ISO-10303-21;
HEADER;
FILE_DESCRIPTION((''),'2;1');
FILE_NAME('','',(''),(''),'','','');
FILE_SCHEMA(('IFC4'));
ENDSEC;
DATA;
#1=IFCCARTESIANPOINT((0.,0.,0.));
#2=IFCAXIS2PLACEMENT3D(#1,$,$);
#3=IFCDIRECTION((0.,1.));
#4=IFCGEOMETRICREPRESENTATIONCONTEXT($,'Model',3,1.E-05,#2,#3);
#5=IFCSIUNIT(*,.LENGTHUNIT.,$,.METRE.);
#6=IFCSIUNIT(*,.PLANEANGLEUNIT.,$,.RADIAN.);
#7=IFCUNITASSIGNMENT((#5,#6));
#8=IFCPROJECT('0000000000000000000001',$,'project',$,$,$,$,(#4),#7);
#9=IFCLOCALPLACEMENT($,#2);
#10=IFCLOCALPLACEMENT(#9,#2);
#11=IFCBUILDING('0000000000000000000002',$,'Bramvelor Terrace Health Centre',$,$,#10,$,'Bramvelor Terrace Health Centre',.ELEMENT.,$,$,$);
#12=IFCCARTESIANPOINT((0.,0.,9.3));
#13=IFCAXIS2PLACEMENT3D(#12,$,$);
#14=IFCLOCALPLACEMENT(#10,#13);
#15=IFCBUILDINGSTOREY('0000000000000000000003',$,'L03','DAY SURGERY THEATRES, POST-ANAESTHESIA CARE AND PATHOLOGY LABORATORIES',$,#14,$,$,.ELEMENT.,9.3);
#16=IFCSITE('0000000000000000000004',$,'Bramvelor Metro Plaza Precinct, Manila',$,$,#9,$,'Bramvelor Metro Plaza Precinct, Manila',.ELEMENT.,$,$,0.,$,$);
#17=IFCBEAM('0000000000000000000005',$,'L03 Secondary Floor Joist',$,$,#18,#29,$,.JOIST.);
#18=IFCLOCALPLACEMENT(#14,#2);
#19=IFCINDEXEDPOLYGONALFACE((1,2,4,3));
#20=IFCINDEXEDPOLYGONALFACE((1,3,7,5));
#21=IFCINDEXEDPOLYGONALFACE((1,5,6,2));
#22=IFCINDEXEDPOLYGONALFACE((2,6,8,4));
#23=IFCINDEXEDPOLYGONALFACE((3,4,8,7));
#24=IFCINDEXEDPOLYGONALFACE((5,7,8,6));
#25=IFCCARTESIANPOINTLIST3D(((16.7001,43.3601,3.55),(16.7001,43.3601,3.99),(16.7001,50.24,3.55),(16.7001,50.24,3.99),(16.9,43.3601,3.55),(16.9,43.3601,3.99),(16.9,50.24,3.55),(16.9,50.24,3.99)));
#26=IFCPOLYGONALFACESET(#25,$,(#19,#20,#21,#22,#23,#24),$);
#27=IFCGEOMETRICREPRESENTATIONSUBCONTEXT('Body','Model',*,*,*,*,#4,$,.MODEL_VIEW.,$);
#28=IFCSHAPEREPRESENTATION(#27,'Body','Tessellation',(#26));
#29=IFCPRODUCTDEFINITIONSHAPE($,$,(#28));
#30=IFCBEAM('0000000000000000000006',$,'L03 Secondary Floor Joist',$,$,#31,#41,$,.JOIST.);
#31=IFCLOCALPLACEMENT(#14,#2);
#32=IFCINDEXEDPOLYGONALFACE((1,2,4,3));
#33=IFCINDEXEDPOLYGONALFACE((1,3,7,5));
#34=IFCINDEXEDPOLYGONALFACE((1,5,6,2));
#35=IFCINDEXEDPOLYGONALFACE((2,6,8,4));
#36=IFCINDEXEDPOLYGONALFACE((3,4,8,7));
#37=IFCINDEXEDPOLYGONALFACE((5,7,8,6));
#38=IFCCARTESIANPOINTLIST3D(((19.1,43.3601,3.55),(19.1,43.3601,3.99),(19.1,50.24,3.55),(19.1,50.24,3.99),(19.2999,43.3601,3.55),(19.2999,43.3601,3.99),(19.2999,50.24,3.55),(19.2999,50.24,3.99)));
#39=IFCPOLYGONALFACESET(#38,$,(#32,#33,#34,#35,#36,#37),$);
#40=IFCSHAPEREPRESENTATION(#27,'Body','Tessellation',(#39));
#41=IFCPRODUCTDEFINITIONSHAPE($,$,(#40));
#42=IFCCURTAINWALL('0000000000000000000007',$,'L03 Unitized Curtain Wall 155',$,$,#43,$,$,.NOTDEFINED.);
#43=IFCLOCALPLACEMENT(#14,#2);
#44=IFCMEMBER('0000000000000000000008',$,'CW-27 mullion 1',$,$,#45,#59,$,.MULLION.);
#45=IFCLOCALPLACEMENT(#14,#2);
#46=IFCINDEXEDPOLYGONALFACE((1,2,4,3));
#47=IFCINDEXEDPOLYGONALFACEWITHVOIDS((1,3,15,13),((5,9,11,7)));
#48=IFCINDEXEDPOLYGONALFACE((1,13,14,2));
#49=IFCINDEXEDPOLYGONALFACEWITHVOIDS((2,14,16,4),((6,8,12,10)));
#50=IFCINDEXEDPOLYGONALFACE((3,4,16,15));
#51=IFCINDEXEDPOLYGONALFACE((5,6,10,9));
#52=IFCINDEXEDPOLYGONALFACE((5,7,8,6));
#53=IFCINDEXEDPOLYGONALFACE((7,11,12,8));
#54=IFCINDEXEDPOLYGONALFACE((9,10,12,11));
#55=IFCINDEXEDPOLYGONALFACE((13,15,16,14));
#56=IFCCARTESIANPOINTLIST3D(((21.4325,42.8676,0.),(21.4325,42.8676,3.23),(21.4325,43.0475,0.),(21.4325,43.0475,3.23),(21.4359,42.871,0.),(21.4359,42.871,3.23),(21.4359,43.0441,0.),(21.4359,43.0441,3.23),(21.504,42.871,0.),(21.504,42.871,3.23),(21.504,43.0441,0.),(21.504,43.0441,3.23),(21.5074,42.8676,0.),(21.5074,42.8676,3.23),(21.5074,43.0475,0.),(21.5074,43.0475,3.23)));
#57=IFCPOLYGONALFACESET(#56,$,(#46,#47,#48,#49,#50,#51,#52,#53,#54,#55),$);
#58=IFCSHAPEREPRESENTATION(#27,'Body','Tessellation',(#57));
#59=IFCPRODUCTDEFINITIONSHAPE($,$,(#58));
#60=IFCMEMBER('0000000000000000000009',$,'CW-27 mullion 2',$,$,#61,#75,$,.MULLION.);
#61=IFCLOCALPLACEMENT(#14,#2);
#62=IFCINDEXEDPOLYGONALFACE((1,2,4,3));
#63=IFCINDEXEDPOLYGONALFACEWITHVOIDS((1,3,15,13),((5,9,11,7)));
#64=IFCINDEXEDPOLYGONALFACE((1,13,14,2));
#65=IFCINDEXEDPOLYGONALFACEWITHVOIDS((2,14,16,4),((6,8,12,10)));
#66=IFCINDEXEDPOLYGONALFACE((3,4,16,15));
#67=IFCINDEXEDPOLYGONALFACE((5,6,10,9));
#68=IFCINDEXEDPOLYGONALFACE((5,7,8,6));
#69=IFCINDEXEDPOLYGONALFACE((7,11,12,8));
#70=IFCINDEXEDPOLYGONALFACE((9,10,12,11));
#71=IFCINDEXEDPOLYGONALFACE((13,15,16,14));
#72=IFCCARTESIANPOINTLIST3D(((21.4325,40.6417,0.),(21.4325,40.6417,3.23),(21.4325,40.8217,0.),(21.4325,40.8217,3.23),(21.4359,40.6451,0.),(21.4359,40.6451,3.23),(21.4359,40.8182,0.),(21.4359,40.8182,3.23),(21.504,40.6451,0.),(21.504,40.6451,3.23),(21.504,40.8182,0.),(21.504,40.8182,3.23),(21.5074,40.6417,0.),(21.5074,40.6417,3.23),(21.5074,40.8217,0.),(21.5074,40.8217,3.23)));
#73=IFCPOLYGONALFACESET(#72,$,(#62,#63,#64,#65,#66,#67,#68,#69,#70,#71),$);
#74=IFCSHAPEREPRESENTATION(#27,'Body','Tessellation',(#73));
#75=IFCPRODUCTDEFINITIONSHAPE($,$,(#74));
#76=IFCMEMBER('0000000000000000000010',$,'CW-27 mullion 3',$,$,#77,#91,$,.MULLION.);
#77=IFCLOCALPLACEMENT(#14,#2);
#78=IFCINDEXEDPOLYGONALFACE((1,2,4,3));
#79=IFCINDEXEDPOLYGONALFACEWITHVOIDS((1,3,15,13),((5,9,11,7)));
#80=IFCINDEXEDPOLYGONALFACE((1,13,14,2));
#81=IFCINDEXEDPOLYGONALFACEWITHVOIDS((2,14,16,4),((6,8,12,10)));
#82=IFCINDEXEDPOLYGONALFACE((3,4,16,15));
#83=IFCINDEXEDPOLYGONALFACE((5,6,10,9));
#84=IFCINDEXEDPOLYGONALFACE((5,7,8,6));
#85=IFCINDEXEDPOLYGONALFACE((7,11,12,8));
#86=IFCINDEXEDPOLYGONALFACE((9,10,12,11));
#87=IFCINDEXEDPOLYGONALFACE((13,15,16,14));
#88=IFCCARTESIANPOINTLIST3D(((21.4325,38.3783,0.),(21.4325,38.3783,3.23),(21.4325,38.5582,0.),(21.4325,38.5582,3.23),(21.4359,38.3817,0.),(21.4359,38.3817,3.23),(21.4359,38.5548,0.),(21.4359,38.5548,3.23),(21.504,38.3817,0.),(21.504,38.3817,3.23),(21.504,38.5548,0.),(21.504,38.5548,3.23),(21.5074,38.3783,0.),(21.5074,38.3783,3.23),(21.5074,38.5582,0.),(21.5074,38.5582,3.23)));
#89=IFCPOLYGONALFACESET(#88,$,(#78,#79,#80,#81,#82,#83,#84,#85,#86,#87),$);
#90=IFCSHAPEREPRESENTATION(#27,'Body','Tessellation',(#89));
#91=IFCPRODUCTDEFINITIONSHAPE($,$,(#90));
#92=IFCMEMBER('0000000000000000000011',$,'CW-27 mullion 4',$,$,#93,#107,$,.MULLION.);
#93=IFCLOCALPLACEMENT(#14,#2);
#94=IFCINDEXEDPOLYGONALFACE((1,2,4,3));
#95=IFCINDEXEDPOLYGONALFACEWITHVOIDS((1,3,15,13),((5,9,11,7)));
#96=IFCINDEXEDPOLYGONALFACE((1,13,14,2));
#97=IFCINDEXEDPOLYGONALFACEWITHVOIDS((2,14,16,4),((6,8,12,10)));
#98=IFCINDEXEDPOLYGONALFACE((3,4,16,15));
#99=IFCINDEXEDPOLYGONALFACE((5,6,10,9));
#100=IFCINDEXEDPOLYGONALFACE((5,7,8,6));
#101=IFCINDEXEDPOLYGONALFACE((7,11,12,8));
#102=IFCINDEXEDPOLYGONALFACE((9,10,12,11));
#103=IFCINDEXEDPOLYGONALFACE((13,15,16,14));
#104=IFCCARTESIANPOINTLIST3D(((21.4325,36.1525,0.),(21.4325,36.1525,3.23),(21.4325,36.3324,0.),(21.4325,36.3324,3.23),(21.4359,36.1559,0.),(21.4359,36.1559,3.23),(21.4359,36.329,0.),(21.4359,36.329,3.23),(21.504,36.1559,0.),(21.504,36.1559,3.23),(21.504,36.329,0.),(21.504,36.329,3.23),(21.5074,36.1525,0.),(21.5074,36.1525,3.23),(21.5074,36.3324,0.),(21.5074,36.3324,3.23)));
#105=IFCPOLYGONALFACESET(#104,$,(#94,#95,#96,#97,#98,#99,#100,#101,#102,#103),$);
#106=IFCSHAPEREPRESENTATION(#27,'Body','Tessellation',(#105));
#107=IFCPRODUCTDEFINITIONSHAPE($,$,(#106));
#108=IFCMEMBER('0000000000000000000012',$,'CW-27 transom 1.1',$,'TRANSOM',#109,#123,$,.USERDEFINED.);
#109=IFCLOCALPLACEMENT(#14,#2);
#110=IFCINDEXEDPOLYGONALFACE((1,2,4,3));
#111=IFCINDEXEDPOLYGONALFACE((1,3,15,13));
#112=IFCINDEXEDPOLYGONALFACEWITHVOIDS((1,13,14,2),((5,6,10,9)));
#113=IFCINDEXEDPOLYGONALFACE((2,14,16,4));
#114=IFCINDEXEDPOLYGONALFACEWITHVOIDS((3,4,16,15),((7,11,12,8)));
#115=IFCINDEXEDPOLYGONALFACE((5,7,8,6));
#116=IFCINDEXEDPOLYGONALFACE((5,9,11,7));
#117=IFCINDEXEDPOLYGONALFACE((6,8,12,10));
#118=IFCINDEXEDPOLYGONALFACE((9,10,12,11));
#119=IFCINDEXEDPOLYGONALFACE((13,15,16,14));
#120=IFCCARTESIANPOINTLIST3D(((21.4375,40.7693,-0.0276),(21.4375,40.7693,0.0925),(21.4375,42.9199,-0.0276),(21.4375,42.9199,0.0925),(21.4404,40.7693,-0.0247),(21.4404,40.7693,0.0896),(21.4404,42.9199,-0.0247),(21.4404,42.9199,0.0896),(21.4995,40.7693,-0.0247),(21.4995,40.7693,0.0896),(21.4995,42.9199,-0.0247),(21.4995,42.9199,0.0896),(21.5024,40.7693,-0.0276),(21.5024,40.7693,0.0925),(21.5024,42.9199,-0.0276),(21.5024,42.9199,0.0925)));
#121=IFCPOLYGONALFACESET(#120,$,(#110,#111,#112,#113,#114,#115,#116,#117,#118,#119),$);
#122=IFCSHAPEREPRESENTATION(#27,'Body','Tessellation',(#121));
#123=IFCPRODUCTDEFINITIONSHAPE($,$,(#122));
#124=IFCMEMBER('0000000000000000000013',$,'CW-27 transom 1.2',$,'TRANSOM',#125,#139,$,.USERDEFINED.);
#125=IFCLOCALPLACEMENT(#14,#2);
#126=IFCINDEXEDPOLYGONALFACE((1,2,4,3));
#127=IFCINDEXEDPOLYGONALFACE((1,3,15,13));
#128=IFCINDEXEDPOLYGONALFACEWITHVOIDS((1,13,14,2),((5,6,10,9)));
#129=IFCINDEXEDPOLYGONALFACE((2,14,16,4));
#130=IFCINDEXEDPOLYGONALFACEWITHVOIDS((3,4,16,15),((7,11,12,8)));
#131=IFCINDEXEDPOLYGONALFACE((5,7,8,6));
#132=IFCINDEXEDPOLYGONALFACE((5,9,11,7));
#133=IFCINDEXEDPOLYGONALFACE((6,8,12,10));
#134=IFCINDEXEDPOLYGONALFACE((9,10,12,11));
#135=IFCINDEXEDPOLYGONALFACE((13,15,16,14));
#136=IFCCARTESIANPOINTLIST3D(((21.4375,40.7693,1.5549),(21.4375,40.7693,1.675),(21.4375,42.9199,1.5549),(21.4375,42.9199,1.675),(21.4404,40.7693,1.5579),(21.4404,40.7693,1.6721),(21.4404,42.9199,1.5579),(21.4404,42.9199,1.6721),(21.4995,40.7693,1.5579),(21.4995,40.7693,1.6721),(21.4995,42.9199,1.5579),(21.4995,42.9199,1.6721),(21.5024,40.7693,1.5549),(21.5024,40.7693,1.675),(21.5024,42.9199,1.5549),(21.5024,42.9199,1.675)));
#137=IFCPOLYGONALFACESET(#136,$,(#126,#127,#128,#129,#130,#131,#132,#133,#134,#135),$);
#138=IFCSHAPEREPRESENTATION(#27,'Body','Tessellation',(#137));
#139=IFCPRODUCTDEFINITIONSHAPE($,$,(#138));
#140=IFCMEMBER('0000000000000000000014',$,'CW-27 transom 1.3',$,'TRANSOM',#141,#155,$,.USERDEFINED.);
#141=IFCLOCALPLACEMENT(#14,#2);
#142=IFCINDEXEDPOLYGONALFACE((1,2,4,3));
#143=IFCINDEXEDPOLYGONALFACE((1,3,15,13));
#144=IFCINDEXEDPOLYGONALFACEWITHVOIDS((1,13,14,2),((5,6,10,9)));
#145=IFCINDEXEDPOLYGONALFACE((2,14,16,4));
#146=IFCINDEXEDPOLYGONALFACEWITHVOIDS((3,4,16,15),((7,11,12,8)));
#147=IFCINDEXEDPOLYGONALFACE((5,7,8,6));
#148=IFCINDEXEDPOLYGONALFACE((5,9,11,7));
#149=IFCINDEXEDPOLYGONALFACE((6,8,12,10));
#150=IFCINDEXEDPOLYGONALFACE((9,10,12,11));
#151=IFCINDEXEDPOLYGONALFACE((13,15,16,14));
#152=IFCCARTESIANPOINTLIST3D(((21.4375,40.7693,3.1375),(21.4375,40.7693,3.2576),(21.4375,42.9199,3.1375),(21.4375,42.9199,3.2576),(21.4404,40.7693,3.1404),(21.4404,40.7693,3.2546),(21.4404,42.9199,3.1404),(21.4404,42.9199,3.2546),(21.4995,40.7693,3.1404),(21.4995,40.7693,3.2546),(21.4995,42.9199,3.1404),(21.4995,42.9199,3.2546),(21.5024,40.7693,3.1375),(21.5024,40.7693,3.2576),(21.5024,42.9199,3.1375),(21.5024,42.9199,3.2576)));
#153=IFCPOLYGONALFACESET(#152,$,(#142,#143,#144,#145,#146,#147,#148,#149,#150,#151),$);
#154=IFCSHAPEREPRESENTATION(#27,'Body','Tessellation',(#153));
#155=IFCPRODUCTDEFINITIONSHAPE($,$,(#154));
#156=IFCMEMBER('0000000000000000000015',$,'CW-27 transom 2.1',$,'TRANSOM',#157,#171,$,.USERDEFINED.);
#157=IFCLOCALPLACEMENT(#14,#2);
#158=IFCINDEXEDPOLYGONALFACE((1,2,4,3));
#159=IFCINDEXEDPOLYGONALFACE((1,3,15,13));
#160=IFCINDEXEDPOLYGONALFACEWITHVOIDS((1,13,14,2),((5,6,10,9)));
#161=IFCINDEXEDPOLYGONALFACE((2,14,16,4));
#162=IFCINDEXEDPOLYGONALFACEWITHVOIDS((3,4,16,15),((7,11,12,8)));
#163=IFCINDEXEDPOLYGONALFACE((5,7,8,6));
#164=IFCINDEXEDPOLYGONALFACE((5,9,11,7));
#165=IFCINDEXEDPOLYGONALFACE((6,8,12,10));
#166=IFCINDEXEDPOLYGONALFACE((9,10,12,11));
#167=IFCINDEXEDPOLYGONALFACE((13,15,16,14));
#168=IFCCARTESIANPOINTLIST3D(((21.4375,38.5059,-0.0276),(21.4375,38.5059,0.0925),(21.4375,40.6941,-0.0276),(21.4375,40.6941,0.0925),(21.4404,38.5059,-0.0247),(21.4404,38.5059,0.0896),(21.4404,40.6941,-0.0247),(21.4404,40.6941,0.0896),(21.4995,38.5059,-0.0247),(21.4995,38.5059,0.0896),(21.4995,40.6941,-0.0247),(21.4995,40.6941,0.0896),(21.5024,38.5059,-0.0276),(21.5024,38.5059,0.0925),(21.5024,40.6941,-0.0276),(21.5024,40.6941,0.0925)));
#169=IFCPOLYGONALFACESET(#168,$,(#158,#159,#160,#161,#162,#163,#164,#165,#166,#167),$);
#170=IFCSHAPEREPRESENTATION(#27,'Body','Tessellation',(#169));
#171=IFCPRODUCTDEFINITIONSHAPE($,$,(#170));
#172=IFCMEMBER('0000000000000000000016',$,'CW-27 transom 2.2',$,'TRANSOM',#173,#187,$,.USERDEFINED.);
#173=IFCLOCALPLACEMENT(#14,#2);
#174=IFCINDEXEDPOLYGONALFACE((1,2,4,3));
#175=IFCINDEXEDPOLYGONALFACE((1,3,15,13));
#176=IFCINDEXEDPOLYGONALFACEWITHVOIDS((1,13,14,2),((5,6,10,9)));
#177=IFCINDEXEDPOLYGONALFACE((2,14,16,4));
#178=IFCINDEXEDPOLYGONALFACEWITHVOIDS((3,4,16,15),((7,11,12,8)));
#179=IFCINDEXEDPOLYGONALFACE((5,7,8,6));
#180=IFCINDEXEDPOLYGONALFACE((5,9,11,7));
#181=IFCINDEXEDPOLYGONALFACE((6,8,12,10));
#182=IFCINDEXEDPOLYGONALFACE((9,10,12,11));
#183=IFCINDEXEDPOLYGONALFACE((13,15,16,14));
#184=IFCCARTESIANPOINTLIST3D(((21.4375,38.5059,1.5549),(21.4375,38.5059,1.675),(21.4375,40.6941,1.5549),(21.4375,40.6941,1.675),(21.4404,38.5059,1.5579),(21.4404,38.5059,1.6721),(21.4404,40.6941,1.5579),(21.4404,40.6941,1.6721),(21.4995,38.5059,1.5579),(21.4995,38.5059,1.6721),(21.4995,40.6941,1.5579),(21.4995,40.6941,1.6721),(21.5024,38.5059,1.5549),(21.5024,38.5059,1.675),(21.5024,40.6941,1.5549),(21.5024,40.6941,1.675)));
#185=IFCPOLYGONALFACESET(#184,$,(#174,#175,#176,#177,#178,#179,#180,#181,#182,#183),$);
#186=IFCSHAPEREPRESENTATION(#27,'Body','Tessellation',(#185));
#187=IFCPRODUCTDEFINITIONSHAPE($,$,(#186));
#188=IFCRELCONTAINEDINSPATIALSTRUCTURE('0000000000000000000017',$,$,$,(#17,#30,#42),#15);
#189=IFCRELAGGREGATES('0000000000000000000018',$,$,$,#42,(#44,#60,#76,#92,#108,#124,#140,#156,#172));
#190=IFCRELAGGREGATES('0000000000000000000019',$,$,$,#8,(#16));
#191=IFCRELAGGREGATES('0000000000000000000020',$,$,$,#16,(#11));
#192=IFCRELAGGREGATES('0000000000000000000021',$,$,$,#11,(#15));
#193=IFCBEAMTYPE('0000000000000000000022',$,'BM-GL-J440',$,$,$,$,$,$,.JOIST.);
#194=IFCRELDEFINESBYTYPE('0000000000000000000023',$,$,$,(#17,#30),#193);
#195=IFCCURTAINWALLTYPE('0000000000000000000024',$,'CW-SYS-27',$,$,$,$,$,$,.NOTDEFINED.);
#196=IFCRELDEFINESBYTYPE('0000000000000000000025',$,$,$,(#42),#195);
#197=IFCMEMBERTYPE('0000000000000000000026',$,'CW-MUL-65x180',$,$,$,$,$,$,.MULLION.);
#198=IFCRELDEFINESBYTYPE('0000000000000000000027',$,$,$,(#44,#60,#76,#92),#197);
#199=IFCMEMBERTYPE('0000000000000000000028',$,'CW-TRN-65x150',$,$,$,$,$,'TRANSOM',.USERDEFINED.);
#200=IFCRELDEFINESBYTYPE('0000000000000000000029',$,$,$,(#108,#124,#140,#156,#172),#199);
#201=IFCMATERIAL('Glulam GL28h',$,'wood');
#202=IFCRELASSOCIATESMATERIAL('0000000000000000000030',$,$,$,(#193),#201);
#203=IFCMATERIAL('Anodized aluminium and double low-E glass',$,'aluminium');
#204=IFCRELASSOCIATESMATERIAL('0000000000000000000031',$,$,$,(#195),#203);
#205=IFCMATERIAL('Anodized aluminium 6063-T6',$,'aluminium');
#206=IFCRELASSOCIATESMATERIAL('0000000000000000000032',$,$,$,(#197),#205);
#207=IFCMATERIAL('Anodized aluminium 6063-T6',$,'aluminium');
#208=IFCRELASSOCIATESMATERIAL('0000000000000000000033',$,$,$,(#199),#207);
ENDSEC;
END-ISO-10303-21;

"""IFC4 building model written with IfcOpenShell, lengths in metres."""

from ifc_helpers import new_model, si_unit, direction, frame, origin, origin_2d, place, context, subcontext, project, spatial, rectangle, hollow_rectangle, extrude, material, material_profile, profile_set, type_object, element, aggregate, save


model = new_model("IFC4")

# Units and contexts
model_context = context("Model", 3, precision=1e-05, world=origin(), true_north=direction((0.0, 1.0)))
body_context = subcontext(model_context, "Body", "Model", "MODEL_VIEW")
ifc_project = project(units=[si_unit("LENGTHUNIT", "METRE"), si_unit("PLANEANGLEUNIT", "RADIAN")], contexts=[model_context])

# Site, building, storey
site_placement = place(None, origin())
site = spatial("IfcSite", under=ifc_project, at=site_placement, Name="Bramvelor Metro Plaza Precinct, Manila", LongName="Bramvelor Metro Plaza Precinct, Manila", CompositionType="ELEMENT", RefElevation=0.0)
building_placement = place(site_placement, origin())
building = spatial("IfcBuilding", under=site, at=building_placement, Name="Bramvelor Terrace Health Centre", LongName="Bramvelor Terrace Health Centre", CompositionType="ELEMENT")
storey_placement = place(building_placement, frame((0.0, 0.0, 9.3)))
storey = spatial("IfcBuildingStorey", under=building, at=storey_placement, Name="L03", Description="DAY SURGERY THEATRES, POST-ANAESTHESIA CARE AND PATHOLOGY LABORATORIES", CompositionType="ELEMENT", Elevation=9.3)

# Beams
ifc_material_1 = material(Name="Glulam GL28h", Category="wood")
ifc_material_profile_1 = material_profile(ifc_material_1, rectangle(XDim=0.2, YDim=0.4399, at=origin_2d()), Name="GL 200x440")
ifc_profile_set_1 = profile_set([ifc_material_profile_1], Name="Glulam GL28h")
beam_type = type_object("IfcBeamType", Name="BM-GL-J440", PredefinedType="JOIST", material=ifc_profile_set_1)
for number, where, z_axis, x_axis, name in (
    (1, (16.8, 43.3601, 3.77), (0.0, 1.0, 0.0), (-1.0, 0.0, 0.0), "L03 Secondary Floor Joist"),
    (2, (19.2, 43.3601, 3.77), (0.0, 1.0, 0.0), (-1.0, 0.0, 0.0), "L03 Secondary Floor Joist"),
):
    element("IfcBeam", number, at=place(storey_placement, frame(where, z_axis=z_axis, x_axis=x_axis)), inside=storey, type_object=beam_type, Name=name, PredefinedType="JOIST", context=body_context, shape_type="SweptSolid", body=[
        extrude(rectangle(XDim=0.2, YDim=0.4399, at=origin_2d()), origin(), (0.0, 0.0, 1.0), 6.8799),
    ])

# Curtain wall, members
ifc_material_2 = material(Name="Anodized aluminium and double low-E glass", Category="aluminium")
curtain_wall_type = type_object("IfcCurtainWallType", Name="CW-SYS-27", PredefinedType="NOTDEFINED", material=ifc_material_2)
curtain_wall_placement = place(storey_placement, origin())
curtain_wall = element("IfcCurtainWall", 3, at=curtain_wall_placement, inside=storey, type_object=curtain_wall_type, Name="L03 Unitized Curtain Wall 155", PredefinedType="NOTDEFINED")
ifc_material_3 = material(Name="Anodized aluminium 6063-T6", Category="aluminium")
ifc_material_profile_2 = material_profile(ifc_material_3, hollow_rectangle(XDim=0.075, YDim=0.1799, WallThickness=0.0034, at=origin_2d()), Name="ALU-MUL 75x180x3.5")
ifc_profile_set_2 = profile_set([ifc_material_profile_2], Name="Anodized aluminium 6063-T6")
member_type_1 = type_object("IfcMemberType", Name="CW-MUL-65x180", PredefinedType="MULLION", material=ifc_profile_set_2)
member_1_placement = place(storey_placement, frame((21.47, 42.9575, 0.0), z_axis=(0.0, 0.0, 1.0), x_axis=(1.0, 0.0, 0.0)))
member_1 = element("IfcMember", 4, at=member_1_placement, type_object=member_type_1, Name="CW-27 mullion 1", PredefinedType="MULLION", context=body_context, shape_type="SweptSolid", body=[
    extrude(hollow_rectangle(XDim=0.075, YDim=0.1799, WallThickness=0.0034, at=origin_2d()), origin(), (0.0, 0.0, 1.0), 3.23),
])
member_2_placement = place(storey_placement, frame((21.47, 40.7317, 0.0), z_axis=(0.0, 0.0, 1.0), x_axis=(1.0, 0.0, 0.0)))
member_2 = element("IfcMember", 5, at=member_2_placement, type_object=member_type_1, Name="CW-27 mullion 2", PredefinedType="MULLION", context=body_context, shape_type="SweptSolid", body=[
    extrude(hollow_rectangle(XDim=0.075, YDim=0.1799, WallThickness=0.0034, at=origin_2d()), origin(), (0.0, 0.0, 1.0), 3.23),
])
member_3_placement = place(storey_placement, frame((21.47, 38.4683, 0.0), z_axis=(0.0, 0.0, 1.0), x_axis=(1.0, 0.0, 0.0)))
member_3 = element("IfcMember", 6, at=member_3_placement, type_object=member_type_1, Name="CW-27 mullion 3", PredefinedType="MULLION", context=body_context, shape_type="SweptSolid", body=[
    extrude(hollow_rectangle(XDim=0.075, YDim=0.1799, WallThickness=0.0034, at=origin_2d()), origin(), (0.0, 0.0, 1.0), 3.23),
])
member_4_placement = place(storey_placement, frame((21.47, 36.2424, 0.0), z_axis=(0.0, 0.0, 1.0), x_axis=(1.0, 0.0, 0.0)))
member_4 = element("IfcMember", 7, at=member_4_placement, type_object=member_type_1, Name="CW-27 mullion 4", PredefinedType="MULLION", context=body_context, shape_type="SweptSolid", body=[
    extrude(hollow_rectangle(XDim=0.075, YDim=0.1799, WallThickness=0.0034, at=origin_2d()), origin(), (0.0, 0.0, 1.0), 3.23),
])
ifc_material_4 = material(Name="Anodized aluminium 6063-T6", Category="aluminium")
ifc_material_profile_3 = material_profile(ifc_material_4, hollow_rectangle(XDim=0.0649, YDim=0.1201, WallThickness=0.0029, at=origin_2d()), Name="ALU-TRN 65x120x3.0")
ifc_profile_set_3 = profile_set([ifc_material_profile_3], Name="Anodized aluminium 6063-T6")
member_type_2 = type_object("IfcMemberType", Name="CW-TRN-65x150", ElementType="TRANSOM", PredefinedType="USERDEFINED", material=ifc_profile_set_3)
member_5_placement = place(storey_placement, frame((21.47, 42.9199, 0.0325), z_axis=(0.0, -1.0, 0.0), x_axis=(1.0, 0.0, 0.0)))
member_5 = element("IfcMember", 8, at=member_5_placement, type_object=member_type_2, Name="CW-27 transom 1.1", ObjectType="TRANSOM", PredefinedType="USERDEFINED", context=body_context, shape_type="SweptSolid", body=[
    extrude(hollow_rectangle(XDim=0.0649, YDim=0.1201, WallThickness=0.0029, at=origin_2d()), origin(), (0.0, 0.0, 1.0), 2.1506),
])
member_6_placement = place(storey_placement, frame((21.47, 42.9199, 1.615), z_axis=(0.0, -1.0, 0.0), x_axis=(1.0, 0.0, 0.0)))
member_6 = element("IfcMember", 9, at=member_6_placement, type_object=member_type_2, Name="CW-27 transom 1.2", ObjectType="TRANSOM", PredefinedType="USERDEFINED", context=body_context, shape_type="SweptSolid", body=[
    extrude(hollow_rectangle(XDim=0.0649, YDim=0.1201, WallThickness=0.0029, at=origin_2d()), origin(), (0.0, 0.0, 1.0), 2.1506),
])
member_7_placement = place(storey_placement, frame((21.47, 42.9199, 3.1975), z_axis=(0.0, -1.0, 0.0), x_axis=(1.0, 0.0, 0.0)))
member_7 = element("IfcMember", 10, at=member_7_placement, type_object=member_type_2, Name="CW-27 transom 1.3", ObjectType="TRANSOM", PredefinedType="USERDEFINED", context=body_context, shape_type="SweptSolid", body=[
    extrude(hollow_rectangle(XDim=0.0649, YDim=0.1201, WallThickness=0.0029, at=origin_2d()), origin(), (0.0, 0.0, 1.0), 2.1506),
])
member_8_placement = place(storey_placement, frame((21.47, 40.6941, 0.0325), z_axis=(0.0, -1.0, 0.0), x_axis=(1.0, 0.0, 0.0)))
member_8 = element("IfcMember", 11, at=member_8_placement, type_object=member_type_2, Name="CW-27 transom 2.1", ObjectType="TRANSOM", PredefinedType="USERDEFINED", context=body_context, shape_type="SweptSolid", body=[
    extrude(hollow_rectangle(XDim=0.0649, YDim=0.1201, WallThickness=0.0029, at=origin_2d()), origin(), (0.0, 0.0, 1.0), 2.1882),
])
member_9_placement = place(storey_placement, frame((21.47, 40.6941, 1.615), z_axis=(0.0, -1.0, 0.0), x_axis=(1.0, 0.0, 0.0)))
member_9 = element("IfcMember", 12, at=member_9_placement, type_object=member_type_2, Name="CW-27 transom 2.2", ObjectType="TRANSOM", PredefinedType="USERDEFINED", context=body_context, shape_type="SweptSolid", body=[
    extrude(hollow_rectangle(XDim=0.0649, YDim=0.1201, WallThickness=0.0029, at=origin_2d()), origin(), (0.0, 0.0, 1.0), 2.1882),
])
aggregate(curtain_wall, [member_1, member_2, member_3, member_4, member_5, member_6, member_7, member_8, member_9])

save(model, "model.ifc")
